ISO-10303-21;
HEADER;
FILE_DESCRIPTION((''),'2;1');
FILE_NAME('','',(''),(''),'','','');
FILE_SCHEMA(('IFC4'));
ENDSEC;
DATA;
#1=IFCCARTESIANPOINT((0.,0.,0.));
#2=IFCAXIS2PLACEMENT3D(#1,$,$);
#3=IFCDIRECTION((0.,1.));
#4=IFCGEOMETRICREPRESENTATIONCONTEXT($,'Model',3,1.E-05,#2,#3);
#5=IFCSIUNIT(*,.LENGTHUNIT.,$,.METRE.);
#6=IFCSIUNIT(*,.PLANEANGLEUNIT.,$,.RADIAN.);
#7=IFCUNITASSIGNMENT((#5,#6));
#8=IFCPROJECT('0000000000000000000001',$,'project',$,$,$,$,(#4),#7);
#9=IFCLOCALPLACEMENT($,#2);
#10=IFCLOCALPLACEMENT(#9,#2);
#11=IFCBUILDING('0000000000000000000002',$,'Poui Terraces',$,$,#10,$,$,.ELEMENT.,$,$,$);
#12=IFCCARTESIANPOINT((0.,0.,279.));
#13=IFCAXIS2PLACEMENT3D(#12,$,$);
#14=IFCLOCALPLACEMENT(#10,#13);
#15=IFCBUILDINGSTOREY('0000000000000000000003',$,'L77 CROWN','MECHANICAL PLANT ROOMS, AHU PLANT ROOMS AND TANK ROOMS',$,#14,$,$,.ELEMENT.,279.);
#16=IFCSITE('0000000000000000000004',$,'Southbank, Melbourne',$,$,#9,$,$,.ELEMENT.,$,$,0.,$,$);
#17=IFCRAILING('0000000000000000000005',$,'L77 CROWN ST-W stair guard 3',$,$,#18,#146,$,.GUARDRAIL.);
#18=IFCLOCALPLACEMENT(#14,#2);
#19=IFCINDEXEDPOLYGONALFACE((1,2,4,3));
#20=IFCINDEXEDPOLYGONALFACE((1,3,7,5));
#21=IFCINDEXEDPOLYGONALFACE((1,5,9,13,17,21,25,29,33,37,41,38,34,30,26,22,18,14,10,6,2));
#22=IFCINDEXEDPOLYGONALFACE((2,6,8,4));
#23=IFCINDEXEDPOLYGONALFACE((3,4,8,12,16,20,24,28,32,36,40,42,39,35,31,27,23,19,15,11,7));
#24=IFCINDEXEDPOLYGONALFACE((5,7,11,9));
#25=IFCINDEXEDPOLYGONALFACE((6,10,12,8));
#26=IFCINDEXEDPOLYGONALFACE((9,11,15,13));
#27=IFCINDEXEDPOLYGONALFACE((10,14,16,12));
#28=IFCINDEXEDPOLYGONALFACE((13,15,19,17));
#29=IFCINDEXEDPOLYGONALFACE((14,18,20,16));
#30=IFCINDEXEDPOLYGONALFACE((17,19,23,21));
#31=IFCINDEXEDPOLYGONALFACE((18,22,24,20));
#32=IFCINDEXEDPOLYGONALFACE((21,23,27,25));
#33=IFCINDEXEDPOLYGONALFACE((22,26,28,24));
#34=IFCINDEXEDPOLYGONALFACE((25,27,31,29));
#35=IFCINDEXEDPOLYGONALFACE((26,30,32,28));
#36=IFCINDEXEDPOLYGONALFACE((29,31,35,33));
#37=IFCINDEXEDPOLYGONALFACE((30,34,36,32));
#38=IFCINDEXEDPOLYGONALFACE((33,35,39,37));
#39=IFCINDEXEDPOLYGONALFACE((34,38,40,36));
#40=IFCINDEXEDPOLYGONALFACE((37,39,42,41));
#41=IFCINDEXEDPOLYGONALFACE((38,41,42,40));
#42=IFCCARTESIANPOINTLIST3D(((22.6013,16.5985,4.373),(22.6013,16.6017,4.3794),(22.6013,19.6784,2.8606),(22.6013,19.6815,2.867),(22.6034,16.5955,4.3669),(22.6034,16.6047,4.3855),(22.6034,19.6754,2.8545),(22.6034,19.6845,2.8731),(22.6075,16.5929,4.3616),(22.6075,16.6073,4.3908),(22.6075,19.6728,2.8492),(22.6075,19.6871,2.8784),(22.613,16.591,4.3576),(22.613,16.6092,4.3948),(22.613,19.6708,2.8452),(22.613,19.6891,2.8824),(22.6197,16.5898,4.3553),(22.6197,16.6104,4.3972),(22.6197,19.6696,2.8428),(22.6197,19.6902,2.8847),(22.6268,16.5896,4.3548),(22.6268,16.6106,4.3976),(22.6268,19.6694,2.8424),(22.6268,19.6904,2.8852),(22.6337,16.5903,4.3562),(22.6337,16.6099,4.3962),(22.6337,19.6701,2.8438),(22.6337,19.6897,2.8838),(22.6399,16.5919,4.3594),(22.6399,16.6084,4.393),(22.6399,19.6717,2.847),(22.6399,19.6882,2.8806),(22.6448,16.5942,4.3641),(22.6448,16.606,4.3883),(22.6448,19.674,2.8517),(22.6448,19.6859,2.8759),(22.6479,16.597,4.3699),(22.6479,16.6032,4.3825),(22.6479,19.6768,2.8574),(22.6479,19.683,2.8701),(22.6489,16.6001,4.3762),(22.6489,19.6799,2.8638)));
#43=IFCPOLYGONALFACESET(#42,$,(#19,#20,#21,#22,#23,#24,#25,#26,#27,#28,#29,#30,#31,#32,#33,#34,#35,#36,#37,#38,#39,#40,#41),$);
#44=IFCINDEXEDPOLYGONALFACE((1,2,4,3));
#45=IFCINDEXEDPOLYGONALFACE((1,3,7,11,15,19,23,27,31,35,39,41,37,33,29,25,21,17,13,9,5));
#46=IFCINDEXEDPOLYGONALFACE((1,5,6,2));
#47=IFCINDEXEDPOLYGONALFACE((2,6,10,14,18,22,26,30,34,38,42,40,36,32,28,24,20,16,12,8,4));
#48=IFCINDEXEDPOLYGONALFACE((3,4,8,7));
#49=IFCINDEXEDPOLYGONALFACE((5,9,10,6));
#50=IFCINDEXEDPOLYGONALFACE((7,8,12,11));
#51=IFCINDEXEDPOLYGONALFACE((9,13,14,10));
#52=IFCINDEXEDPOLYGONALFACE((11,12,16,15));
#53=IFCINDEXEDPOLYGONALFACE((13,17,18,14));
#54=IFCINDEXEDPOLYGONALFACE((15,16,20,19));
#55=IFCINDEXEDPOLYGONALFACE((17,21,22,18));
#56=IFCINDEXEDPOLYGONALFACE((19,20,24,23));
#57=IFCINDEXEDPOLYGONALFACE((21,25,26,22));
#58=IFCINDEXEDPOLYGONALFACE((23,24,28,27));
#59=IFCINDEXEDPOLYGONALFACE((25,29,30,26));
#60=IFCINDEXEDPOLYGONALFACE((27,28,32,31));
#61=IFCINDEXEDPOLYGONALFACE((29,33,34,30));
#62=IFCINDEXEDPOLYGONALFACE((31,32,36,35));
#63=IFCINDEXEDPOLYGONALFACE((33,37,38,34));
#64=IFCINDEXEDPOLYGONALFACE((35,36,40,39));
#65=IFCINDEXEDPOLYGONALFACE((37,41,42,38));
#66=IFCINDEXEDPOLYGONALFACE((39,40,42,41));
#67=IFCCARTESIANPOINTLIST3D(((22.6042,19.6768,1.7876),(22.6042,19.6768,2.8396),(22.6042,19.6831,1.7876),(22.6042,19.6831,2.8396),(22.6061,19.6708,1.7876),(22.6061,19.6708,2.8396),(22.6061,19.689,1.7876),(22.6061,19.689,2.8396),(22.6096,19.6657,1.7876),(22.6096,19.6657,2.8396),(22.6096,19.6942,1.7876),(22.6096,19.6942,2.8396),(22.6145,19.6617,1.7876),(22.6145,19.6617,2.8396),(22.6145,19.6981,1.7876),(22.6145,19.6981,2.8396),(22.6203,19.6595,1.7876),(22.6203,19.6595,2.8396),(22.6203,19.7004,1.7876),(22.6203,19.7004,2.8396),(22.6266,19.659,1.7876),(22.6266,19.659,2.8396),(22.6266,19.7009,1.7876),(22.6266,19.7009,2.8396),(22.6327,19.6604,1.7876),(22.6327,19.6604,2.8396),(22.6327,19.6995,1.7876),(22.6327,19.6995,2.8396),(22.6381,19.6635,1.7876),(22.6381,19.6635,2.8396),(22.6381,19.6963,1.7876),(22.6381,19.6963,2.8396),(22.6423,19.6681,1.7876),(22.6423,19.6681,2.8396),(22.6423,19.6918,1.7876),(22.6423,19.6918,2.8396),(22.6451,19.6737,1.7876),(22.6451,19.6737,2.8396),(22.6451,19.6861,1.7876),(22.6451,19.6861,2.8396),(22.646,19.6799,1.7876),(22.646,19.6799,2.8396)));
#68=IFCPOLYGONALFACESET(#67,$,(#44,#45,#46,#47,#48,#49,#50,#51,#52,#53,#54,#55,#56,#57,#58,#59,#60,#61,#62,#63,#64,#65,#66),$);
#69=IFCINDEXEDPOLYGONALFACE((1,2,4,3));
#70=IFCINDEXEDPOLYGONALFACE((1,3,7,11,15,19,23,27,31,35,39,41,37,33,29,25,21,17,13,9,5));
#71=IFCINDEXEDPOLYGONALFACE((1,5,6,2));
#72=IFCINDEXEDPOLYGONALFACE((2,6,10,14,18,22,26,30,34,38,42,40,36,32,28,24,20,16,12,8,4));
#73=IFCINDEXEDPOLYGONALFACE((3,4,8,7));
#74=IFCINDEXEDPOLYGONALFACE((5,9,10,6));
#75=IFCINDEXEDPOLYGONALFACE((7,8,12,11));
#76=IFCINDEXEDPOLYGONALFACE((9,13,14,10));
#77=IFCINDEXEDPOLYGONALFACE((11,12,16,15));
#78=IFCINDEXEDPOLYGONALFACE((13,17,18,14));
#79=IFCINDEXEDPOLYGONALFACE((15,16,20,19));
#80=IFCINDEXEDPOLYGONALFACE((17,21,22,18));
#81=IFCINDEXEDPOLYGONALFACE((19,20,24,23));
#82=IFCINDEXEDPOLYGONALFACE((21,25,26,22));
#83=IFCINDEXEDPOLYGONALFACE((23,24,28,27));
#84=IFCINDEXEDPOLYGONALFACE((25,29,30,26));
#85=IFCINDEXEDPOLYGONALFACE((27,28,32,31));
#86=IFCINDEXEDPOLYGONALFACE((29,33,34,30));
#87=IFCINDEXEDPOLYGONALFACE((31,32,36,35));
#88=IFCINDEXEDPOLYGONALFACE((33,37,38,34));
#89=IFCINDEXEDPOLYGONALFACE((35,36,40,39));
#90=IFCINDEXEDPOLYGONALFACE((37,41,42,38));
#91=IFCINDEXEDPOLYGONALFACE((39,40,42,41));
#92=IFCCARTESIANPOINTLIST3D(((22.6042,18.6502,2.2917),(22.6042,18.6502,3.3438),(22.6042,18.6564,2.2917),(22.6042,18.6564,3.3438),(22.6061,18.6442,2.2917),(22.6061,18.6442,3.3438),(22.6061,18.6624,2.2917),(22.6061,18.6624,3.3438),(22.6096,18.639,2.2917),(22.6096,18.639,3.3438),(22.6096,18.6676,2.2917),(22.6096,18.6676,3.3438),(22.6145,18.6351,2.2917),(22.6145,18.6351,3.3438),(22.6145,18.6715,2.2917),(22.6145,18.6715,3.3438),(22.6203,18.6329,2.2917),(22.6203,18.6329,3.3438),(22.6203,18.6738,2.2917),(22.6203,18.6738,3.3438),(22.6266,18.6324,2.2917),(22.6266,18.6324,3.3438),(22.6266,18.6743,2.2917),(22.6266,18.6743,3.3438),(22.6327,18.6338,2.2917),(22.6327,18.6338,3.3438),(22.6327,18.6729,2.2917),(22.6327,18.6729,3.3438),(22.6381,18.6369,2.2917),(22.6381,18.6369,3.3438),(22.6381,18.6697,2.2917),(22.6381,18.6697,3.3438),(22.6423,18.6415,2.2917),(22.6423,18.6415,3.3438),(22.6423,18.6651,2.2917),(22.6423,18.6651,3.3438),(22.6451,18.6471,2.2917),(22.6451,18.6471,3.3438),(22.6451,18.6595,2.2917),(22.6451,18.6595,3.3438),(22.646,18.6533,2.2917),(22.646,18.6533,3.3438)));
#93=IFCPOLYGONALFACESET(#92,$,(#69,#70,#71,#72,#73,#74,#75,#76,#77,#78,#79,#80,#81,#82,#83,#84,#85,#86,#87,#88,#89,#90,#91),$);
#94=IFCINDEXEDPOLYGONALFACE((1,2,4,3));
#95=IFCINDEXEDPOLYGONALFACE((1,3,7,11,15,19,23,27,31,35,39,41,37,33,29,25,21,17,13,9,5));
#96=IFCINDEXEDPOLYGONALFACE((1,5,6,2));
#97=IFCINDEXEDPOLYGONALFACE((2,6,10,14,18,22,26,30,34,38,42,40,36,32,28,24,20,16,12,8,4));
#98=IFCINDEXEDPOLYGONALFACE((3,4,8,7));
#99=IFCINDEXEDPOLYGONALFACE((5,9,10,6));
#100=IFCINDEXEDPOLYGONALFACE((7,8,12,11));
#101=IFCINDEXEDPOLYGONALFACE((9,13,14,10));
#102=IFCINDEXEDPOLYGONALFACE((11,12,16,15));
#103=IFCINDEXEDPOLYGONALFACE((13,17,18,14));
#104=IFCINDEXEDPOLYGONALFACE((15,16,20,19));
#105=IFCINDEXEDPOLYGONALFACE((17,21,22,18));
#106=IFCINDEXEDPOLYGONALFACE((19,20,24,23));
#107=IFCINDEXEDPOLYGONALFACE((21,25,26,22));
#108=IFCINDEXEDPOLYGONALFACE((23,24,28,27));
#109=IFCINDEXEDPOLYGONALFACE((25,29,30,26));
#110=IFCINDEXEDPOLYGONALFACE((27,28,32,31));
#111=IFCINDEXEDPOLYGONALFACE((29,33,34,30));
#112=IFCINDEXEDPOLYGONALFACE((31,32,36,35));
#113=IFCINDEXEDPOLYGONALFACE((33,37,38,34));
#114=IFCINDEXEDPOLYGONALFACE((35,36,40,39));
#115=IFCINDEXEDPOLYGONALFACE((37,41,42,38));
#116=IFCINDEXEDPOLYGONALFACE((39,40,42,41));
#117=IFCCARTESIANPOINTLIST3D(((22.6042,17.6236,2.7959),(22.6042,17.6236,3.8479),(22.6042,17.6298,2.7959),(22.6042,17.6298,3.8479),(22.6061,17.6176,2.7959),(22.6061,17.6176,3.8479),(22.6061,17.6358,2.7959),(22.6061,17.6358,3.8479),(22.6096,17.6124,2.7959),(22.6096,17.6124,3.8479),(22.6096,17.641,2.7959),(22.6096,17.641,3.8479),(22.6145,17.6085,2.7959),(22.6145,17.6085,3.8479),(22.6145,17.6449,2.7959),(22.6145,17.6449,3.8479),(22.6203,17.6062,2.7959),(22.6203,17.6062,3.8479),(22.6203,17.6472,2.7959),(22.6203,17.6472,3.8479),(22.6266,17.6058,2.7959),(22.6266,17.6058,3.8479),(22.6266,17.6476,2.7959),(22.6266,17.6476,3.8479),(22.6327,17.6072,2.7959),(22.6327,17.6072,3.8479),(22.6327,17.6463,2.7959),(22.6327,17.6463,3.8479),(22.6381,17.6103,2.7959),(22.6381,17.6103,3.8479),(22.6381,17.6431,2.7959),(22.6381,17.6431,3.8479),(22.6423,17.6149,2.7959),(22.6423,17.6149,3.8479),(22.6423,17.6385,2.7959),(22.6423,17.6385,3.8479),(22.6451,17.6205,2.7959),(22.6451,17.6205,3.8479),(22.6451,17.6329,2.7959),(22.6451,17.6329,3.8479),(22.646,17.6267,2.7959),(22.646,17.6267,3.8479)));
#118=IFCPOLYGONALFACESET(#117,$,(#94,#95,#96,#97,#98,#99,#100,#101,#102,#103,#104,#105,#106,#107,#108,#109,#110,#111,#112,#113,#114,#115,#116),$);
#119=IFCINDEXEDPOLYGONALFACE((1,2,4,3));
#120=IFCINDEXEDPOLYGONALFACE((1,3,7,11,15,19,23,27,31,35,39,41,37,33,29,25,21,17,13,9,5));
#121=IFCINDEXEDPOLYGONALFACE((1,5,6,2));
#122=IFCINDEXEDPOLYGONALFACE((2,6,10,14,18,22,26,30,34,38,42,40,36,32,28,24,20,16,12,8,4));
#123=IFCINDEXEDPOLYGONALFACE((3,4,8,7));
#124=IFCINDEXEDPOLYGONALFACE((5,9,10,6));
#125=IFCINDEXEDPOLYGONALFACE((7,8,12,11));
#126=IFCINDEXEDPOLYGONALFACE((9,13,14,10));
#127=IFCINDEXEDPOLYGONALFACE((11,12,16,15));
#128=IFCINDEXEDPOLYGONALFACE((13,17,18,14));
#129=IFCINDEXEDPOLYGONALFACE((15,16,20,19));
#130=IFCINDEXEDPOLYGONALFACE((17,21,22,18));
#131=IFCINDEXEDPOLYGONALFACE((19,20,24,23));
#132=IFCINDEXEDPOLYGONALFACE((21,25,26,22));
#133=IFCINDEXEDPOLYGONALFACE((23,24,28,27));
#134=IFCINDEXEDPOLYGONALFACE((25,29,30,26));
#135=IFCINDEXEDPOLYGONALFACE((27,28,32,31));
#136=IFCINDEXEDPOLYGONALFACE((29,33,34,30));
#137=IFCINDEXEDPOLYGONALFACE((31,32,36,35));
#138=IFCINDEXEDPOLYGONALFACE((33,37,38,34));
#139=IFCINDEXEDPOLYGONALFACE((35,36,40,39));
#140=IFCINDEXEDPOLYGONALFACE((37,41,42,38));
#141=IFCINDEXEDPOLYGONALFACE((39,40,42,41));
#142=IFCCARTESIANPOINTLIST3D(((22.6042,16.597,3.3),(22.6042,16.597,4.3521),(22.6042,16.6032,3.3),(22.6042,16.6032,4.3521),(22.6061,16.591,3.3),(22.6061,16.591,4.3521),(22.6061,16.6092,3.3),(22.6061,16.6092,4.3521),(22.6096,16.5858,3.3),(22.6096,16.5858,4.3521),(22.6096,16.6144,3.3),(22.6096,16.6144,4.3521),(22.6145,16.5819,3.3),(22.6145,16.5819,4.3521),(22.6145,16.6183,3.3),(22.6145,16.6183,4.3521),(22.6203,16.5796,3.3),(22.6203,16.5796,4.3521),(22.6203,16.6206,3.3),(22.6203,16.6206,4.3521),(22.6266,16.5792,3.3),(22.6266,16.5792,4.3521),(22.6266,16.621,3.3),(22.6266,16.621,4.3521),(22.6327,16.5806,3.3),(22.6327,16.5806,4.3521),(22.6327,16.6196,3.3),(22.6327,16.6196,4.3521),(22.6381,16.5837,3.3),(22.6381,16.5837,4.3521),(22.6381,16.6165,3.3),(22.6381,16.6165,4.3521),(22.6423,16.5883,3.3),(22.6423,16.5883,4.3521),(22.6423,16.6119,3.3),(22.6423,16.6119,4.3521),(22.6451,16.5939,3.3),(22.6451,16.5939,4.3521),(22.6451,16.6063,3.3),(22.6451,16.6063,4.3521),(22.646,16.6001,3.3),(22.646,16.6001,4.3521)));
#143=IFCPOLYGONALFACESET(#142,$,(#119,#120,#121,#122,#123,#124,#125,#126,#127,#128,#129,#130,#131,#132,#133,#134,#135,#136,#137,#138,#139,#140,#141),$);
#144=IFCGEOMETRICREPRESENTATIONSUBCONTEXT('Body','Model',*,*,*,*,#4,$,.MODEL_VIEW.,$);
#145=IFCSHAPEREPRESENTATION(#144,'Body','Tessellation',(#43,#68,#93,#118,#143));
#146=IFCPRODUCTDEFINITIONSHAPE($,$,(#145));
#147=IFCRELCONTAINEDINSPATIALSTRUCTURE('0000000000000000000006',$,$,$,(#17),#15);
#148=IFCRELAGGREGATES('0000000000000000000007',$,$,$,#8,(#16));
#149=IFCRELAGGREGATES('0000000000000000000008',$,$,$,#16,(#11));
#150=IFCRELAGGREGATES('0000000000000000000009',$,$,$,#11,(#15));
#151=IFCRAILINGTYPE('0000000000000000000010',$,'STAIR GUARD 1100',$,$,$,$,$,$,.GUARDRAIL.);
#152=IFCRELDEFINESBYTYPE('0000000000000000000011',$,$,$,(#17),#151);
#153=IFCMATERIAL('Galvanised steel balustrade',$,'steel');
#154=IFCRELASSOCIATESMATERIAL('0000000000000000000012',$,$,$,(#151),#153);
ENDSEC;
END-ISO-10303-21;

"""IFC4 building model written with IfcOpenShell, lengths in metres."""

from ifc_helpers import new_model, si_unit, direction, frame, origin, origin_2d, place, context, subcontext, project, spatial, circle, extrude, material, type_object, element, save


model = new_model("IFC4")

# Units and contexts
model_context = context("Model", 3, precision=1e-05, world=origin(), true_north=direction((0.0, 1.0)))
body_context = subcontext(model_context, "Body", "Model", "MODEL_VIEW")
ifc_project = project(units=[si_unit("LENGTHUNIT", "METRE"), si_unit("PLANEANGLEUNIT", "RADIAN")], contexts=[model_context])

# Site, building, storey
site_placement = place(None, origin())
site = spatial("IfcSite", under=ifc_project, at=site_placement, Name="Southbank, Melbourne", CompositionType="ELEMENT", RefElevation=0.0)
building_placement = place(site_placement, origin())
building = spatial("IfcBuilding", under=site, at=building_placement, Name="Poui Terraces", CompositionType="ELEMENT")
storey_placement = place(building_placement, frame((0.0, 0.0, 279.0)))
storey = spatial("IfcBuildingStorey", under=building, at=storey_placement, Name="L77 CROWN", Description="MECHANICAL PLANT ROOMS, AHU PLANT ROOMS AND TANK ROOMS", CompositionType="ELEMENT", Elevation=279.0)

# Railing
ifc_material_1 = material(Name="Galvanised steel balustrade", Category="steel")
railing_type_1 = type_object("IfcRailingType", Name="STAIR GUARD 1100", PredefinedType="GUARDRAIL", material=ifc_material_1)
railing_1_placement = place(storey_placement, frame((22.625, 19.6799, 1.7876)))
element("IfcRailing", 1, at=railing_1_placement, inside=storey, type_object=railing_type_1, Name="L77 CROWN ST-W stair guard 3", PredefinedType="GUARDRAIL", context=body_context, shape_type="SweptSolid", body=[
    extrude(circle(Radius=0.0239, at=origin_2d()), frame((0.0, 0.0, 1.0762), z_axis=(0.0, -0.897606, 0.440798), x_axis=(1.0, 0.0, 0.0)), (0.0, 0.0, 1.0), 3.4312),
    extrude(circle(Radius=0.021, at=origin_2d()), origin(), (0.0, 0.0, 1.0), 1.052),
    extrude(circle(Radius=0.021, at=origin_2d()), frame((0.0, -1.0266, 0.5042)), (0.0, 0.0, 1.0), 1.052),
    extrude(circle(Radius=0.021, at=origin_2d()), frame((0.0, -2.0532, 1.0083)), (0.0, 0.0, 1.0), 1.052),
    extrude(circle(Radius=0.021, at=origin_2d()), frame((0.0, -3.0798, 1.5125)), (0.0, 0.0, 1.0), 1.052),
])

save(model, "model.ifc")
